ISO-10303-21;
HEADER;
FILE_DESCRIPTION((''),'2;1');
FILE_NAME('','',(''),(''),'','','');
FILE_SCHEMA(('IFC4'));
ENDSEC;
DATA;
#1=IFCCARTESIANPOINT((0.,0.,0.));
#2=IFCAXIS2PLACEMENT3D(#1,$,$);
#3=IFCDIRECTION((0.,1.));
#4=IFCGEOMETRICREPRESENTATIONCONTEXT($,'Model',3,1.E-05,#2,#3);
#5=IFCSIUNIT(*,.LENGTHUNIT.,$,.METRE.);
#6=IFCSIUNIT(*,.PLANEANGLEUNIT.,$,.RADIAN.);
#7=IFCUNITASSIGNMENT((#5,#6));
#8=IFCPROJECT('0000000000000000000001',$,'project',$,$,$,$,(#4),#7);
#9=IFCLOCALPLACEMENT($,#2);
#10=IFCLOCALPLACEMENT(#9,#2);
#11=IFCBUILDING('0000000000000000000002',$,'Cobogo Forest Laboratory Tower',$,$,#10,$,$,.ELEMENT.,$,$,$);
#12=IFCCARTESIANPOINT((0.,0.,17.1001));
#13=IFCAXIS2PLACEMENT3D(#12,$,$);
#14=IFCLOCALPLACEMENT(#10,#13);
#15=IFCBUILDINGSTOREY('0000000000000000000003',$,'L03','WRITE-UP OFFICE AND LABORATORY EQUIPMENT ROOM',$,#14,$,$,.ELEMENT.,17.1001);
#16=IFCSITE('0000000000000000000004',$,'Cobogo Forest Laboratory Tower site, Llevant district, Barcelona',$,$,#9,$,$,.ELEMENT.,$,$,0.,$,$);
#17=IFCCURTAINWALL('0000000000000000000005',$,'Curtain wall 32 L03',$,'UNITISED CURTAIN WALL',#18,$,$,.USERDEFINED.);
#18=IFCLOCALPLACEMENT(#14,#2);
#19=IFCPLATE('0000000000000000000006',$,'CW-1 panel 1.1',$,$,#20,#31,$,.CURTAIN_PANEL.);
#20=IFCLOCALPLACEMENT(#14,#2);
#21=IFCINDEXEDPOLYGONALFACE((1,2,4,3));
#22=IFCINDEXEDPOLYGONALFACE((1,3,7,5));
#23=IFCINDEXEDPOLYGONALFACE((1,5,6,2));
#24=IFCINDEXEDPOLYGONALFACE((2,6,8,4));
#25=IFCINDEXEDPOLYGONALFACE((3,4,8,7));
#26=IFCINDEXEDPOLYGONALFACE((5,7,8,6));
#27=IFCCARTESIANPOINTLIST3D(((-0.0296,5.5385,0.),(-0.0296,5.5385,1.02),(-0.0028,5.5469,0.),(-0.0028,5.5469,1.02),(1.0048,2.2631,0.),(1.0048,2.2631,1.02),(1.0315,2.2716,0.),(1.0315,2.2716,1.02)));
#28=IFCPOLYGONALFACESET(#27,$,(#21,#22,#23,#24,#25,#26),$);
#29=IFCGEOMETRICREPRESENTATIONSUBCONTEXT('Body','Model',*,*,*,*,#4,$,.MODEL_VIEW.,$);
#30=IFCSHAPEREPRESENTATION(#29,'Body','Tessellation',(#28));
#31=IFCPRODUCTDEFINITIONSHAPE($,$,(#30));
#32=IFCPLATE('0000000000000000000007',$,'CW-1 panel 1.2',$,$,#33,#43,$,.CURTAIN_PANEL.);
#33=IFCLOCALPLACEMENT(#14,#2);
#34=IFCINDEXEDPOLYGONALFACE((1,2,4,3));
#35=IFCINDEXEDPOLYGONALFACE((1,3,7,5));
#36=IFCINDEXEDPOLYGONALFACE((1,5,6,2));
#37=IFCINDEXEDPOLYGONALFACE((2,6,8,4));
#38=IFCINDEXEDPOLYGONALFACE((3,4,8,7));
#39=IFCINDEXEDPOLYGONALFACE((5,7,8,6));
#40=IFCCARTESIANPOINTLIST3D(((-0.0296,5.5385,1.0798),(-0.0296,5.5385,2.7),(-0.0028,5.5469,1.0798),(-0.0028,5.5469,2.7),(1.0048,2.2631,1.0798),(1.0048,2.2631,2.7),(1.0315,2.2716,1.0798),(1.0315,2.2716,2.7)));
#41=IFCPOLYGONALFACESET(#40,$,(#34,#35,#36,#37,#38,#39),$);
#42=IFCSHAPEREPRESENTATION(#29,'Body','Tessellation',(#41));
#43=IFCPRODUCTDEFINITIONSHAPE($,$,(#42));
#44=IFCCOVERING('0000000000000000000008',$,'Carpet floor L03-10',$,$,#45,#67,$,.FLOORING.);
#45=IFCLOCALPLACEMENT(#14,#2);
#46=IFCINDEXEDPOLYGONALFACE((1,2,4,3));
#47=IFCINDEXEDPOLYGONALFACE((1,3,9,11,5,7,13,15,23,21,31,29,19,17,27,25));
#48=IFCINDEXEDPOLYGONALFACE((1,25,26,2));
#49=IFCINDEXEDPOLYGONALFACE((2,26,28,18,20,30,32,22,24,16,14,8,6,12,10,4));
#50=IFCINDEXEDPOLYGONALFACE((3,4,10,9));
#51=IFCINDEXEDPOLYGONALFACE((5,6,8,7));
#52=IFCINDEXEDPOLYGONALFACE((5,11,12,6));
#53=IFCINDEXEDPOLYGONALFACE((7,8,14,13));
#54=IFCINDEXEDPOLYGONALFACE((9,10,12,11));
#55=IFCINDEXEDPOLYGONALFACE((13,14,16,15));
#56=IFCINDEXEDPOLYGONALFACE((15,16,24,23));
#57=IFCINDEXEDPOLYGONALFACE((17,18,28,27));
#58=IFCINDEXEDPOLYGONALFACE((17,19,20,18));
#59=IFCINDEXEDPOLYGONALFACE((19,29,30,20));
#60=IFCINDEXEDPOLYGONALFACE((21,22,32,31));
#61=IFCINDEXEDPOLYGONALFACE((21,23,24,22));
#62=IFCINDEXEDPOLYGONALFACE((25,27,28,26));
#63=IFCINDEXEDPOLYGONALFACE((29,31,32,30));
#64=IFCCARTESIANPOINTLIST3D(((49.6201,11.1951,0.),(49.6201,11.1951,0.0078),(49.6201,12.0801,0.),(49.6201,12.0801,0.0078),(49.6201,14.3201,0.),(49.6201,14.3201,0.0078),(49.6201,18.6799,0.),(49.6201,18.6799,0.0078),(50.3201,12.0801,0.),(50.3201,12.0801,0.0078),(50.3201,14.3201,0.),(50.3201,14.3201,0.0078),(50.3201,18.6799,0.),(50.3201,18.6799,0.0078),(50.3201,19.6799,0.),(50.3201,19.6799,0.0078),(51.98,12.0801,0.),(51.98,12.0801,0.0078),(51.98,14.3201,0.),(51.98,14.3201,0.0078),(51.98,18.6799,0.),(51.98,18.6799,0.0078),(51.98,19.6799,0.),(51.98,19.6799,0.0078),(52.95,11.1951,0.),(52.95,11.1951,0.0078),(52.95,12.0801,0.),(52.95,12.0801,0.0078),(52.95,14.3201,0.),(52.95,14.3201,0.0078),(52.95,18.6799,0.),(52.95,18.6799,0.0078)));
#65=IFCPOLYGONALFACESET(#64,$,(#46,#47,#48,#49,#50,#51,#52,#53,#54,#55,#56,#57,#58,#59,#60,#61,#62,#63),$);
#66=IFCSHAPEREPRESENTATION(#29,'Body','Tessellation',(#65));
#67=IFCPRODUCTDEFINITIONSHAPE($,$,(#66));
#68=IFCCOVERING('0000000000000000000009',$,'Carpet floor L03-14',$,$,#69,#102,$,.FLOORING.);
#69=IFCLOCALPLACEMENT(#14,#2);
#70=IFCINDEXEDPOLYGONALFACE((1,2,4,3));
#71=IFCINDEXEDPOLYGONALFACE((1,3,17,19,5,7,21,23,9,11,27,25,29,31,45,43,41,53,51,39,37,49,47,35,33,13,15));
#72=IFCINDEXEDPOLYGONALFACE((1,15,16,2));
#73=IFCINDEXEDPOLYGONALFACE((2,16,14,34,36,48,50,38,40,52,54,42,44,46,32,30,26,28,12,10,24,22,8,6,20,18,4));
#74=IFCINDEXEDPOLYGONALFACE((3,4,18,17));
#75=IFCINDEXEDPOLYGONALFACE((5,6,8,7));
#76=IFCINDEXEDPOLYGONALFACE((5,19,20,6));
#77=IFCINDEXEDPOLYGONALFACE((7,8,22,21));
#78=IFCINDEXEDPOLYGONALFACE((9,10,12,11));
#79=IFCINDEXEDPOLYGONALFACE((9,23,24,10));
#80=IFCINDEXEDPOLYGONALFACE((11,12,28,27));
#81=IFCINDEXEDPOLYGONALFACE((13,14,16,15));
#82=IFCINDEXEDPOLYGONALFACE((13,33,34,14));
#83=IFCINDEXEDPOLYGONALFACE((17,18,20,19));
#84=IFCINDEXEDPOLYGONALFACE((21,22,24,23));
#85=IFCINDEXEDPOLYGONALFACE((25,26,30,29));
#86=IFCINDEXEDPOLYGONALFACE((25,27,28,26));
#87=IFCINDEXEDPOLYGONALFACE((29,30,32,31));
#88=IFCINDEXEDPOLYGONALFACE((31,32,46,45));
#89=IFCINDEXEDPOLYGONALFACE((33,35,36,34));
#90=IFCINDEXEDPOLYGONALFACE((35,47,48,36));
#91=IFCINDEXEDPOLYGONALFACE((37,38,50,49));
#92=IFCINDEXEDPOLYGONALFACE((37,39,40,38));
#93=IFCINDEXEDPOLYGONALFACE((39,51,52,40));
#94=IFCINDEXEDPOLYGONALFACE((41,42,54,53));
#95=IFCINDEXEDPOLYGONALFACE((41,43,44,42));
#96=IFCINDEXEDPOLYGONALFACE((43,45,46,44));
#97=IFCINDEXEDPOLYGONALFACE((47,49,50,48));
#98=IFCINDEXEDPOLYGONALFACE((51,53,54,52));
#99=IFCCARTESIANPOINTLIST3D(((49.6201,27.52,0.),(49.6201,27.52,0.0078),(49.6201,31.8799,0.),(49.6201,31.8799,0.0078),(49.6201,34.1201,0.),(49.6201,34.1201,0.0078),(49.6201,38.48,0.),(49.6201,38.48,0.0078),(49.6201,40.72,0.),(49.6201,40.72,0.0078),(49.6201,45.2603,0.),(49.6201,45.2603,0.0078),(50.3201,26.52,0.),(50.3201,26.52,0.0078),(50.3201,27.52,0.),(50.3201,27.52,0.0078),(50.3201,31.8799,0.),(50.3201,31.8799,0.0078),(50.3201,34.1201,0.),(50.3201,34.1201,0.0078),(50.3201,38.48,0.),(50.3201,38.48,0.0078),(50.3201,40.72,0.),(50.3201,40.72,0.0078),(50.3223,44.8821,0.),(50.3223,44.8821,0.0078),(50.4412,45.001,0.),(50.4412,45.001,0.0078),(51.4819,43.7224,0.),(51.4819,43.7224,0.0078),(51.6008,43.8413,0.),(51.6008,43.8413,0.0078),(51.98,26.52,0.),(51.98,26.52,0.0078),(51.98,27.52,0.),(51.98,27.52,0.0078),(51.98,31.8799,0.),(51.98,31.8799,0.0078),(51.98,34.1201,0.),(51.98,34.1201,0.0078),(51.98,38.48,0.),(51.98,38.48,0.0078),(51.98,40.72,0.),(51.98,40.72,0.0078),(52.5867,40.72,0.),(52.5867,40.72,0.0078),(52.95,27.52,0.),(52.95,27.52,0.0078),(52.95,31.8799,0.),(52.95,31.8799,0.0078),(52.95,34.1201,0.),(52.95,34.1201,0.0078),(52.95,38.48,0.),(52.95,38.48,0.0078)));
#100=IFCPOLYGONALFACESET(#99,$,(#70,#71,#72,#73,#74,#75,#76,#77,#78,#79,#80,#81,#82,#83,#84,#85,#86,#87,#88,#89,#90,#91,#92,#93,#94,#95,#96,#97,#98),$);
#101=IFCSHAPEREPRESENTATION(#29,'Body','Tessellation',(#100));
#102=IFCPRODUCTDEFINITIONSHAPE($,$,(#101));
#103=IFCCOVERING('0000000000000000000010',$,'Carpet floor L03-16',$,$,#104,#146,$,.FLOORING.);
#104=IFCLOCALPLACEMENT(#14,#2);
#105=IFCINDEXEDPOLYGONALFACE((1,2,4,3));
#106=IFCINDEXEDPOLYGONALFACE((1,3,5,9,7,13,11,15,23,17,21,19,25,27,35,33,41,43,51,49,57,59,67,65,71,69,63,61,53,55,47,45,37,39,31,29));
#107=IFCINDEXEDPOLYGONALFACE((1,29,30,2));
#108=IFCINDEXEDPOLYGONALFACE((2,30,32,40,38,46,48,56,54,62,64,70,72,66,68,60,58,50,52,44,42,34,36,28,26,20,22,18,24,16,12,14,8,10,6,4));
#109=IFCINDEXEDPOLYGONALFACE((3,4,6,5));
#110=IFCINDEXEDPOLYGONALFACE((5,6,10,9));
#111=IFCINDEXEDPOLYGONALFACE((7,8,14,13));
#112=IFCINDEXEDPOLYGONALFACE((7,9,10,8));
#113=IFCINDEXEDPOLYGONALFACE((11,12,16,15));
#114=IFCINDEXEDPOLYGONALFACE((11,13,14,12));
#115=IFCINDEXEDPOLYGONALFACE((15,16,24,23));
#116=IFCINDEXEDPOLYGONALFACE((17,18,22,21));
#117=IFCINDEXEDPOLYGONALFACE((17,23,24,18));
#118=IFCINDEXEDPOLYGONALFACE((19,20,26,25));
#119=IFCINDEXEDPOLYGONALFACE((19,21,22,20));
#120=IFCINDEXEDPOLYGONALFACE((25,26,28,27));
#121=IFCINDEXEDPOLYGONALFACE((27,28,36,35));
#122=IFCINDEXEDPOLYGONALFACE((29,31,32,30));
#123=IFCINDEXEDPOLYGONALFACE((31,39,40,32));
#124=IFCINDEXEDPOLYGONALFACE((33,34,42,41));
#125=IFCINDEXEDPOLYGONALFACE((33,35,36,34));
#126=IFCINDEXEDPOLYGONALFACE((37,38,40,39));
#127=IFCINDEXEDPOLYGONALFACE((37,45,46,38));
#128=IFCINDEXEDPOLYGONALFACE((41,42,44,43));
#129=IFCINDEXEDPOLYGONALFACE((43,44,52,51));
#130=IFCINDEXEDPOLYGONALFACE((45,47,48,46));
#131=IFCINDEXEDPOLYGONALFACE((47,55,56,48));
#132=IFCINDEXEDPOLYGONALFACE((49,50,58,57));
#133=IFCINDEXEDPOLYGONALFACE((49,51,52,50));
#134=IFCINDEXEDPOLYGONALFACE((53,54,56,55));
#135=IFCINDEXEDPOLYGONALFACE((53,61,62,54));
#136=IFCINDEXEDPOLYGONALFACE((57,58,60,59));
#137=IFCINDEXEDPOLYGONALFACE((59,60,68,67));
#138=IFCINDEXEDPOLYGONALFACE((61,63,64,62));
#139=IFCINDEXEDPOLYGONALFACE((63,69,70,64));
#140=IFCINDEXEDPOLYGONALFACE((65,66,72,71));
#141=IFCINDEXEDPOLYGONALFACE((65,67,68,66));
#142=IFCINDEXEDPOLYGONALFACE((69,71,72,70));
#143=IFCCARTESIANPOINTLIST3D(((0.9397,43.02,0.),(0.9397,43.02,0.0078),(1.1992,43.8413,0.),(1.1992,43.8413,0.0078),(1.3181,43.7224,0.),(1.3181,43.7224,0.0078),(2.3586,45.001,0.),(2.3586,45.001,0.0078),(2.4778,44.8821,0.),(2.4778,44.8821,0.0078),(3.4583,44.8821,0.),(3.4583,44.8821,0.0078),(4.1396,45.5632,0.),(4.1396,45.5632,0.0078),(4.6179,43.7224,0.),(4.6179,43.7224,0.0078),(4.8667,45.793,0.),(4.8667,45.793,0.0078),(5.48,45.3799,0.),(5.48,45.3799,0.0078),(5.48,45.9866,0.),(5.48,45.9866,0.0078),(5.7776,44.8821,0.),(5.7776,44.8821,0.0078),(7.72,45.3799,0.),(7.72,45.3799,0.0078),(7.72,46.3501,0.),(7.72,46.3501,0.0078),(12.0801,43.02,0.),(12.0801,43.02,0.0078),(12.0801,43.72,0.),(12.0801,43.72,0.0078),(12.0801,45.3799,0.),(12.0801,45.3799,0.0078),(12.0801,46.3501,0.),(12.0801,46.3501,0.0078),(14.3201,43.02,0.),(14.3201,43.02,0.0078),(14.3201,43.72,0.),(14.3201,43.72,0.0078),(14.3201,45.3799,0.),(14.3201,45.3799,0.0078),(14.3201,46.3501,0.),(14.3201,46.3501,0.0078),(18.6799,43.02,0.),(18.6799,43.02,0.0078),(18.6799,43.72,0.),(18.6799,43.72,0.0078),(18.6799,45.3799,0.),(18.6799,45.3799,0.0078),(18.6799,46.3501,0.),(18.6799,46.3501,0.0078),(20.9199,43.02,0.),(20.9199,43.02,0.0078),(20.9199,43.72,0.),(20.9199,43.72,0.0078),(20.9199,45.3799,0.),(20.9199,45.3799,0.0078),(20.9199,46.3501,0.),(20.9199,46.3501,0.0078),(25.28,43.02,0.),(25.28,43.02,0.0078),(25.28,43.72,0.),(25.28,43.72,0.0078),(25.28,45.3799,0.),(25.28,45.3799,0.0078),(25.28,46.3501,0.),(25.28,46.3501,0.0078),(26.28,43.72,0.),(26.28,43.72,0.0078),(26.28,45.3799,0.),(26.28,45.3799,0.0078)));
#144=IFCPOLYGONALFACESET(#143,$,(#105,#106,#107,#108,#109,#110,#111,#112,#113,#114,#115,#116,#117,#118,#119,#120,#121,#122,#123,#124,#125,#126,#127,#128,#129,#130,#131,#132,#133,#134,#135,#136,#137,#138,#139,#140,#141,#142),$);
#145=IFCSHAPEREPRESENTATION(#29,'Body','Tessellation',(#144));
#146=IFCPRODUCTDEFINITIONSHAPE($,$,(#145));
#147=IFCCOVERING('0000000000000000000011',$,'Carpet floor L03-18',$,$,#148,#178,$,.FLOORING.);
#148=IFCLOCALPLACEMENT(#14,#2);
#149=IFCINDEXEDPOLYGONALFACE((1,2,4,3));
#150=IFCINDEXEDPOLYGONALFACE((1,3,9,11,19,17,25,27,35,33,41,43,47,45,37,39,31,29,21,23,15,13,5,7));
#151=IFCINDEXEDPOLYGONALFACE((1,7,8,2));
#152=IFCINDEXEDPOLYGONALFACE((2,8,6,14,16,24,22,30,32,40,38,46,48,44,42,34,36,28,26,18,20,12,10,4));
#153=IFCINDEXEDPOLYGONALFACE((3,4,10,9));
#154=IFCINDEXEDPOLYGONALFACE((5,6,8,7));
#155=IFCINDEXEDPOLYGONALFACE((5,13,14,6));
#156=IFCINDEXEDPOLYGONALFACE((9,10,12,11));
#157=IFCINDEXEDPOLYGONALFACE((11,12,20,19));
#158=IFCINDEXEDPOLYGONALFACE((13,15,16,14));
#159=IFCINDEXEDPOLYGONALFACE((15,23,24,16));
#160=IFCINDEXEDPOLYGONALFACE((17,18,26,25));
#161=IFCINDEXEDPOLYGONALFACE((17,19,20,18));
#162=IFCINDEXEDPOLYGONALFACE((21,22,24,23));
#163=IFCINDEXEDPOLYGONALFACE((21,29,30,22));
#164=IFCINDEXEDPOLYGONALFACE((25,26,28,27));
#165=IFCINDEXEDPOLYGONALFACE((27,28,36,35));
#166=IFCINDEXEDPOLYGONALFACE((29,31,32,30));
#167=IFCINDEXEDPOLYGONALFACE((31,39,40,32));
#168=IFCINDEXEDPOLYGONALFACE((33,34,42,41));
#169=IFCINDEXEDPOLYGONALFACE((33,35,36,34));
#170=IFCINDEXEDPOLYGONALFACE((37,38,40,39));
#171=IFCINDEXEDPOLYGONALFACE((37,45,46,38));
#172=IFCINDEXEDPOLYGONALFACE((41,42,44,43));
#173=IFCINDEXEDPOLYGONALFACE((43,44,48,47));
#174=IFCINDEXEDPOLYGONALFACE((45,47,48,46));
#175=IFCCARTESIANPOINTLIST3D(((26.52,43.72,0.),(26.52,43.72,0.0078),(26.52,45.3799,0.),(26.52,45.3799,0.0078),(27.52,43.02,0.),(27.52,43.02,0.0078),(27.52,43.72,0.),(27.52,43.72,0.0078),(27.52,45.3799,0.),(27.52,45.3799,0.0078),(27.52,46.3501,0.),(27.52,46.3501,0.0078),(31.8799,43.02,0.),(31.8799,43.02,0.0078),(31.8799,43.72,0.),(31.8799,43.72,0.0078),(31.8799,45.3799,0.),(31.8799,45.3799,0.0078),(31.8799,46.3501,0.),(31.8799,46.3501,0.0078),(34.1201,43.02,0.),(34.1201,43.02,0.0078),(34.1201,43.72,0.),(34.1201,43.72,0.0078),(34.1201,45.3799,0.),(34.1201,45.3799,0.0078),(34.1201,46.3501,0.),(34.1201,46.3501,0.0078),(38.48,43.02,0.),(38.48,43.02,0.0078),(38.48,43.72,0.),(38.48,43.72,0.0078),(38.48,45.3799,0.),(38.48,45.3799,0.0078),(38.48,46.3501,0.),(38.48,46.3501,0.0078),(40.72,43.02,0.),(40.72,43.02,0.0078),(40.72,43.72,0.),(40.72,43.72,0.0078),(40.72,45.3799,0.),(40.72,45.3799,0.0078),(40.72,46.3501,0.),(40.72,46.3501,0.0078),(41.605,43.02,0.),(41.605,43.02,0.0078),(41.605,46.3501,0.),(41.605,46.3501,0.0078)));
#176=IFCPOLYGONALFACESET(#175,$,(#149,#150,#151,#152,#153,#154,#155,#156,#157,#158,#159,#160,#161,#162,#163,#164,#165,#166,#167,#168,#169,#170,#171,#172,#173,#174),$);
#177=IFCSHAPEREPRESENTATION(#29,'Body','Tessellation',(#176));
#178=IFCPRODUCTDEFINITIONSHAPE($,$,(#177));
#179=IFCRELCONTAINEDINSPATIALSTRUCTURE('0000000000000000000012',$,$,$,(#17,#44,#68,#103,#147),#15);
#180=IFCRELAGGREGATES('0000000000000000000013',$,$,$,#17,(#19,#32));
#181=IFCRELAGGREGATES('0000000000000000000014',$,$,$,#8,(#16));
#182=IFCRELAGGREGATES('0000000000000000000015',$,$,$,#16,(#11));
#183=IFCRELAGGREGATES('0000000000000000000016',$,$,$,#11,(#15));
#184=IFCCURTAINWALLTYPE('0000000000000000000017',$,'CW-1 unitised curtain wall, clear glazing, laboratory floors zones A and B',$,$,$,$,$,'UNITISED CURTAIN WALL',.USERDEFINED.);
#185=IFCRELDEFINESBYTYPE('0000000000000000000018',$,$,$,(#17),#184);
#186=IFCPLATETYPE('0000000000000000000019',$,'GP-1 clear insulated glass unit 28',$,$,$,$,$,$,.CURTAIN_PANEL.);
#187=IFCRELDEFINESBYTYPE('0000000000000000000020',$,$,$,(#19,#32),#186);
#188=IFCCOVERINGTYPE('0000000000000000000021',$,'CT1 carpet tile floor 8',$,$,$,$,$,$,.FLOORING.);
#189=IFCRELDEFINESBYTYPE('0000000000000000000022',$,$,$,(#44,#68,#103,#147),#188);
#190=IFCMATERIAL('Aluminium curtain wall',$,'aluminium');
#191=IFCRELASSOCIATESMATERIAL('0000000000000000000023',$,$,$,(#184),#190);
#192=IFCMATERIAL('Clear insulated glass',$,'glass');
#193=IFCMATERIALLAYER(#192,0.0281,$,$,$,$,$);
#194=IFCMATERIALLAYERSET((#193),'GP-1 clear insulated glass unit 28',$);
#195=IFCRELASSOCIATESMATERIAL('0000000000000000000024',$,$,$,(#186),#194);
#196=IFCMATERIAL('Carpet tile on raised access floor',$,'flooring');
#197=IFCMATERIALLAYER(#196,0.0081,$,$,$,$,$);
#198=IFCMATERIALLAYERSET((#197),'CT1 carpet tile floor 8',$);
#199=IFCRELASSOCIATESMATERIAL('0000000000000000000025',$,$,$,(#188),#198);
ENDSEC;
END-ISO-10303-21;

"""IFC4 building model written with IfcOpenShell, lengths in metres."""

from ifc_helpers import new_model, si_unit, direction, frame, origin, origin_2d, place, context, subcontext, project, spatial, polyline, rectangle, outline, extrude, material, layer, layer_set, type_object, element, aggregate, save


model = new_model("IFC4")

# Units and contexts
model_context = context("Model", 3, precision=1e-05, world=origin(), true_north=direction((0.0, 1.0)))
body_context = subcontext(model_context, "Body", "Model", "MODEL_VIEW")
ifc_project = project(units=[si_unit("LENGTHUNIT", "METRE"), si_unit("PLANEANGLEUNIT", "RADIAN")], contexts=[model_context])

# Site, building, storey
site_placement = place(None, origin())
site = spatial("IfcSite", under=ifc_project, at=site_placement, Name="Cobogo Forest Laboratory Tower site, Llevant district, Barcelona", CompositionType="ELEMENT", RefElevation=0.0)
building_placement = place(site_placement, origin())
building = spatial("IfcBuilding", under=site, at=building_placement, Name="Cobogo Forest Laboratory Tower", CompositionType="ELEMENT")
storey_placement = place(building_placement, frame((0.0, 0.0, 17.1001)))
storey = spatial("IfcBuildingStorey", under=building, at=storey_placement, Name="L03", Description="WRITE-UP OFFICE AND LABORATORY EQUIPMENT ROOM", CompositionType="ELEMENT", Elevation=17.1001)

# Shared definitions
ifc_material_1 = material(Name="Aluminium curtain wall", Category="aluminium")
curtain_wall_type = type_object("IfcCurtainWallType", Name="CW-1 unitised curtain wall, clear glazing, laboratory floors zones A and B", ElementType="UNITISED CURTAIN WALL", PredefinedType="USERDEFINED", material=ifc_material_1)

# Curtain wall
curtain_wall_1_placement = place(storey_placement, origin())
curtain_wall_1 = element("IfcCurtainWall", 1, at=curtain_wall_1_placement, inside=storey, type_object=curtain_wall_type, Name="Curtain wall 32 L03", ObjectType="UNITISED CURTAIN WALL", PredefinedType="USERDEFINED")

# Plates
ifc_material_2 = material(Name="Clear insulated glass", Category="glass")
ifc_layer_1 = layer(ifc_material_2, 0.0281)
ifc_layer_set_1 = layer_set([ifc_layer_1], Name="GP-1 clear insulated glass unit 28")
plate_type_1 = type_object("IfcPlateType", Name="GP-1 clear insulated glass unit 28", PredefinedType="CURTAIN_PANEL", material=ifc_layer_set_1)
plate_1_placement = place(storey_placement, frame((0.501, 3.905, 0.0), z_axis=(0.0, 0.0, 1.0), x_axis=(0.301135, -0.953581, 0.0)))
plate_1 = element("IfcPlate", 2, at=plate_1_placement, type_object=plate_type_1, Name="CW-1 panel 1.1", PredefinedType="CURTAIN_PANEL", context=body_context, shape_type="SweptSolid", body=[
    extrude(rectangle(XDim=3.4348, YDim=0.0281, at=origin_2d()), origin(), (0.0, 0.0, 1.0), 1.02),
])
plate_2_placement = place(storey_placement, frame((0.501, 3.905, 1.0798), z_axis=(0.0, 0.0, 1.0), x_axis=(0.301135, -0.953581, 0.0)))
plate_2 = element("IfcPlate", 3, at=plate_2_placement, type_object=plate_type_1, Name="CW-1 panel 1.2", PredefinedType="CURTAIN_PANEL", context=body_context, shape_type="SweptSolid", body=[
    extrude(rectangle(XDim=3.4348, YDim=0.0281, at=origin_2d()), origin(), (0.0, 0.0, 1.0), 1.6201),
])
aggregate(curtain_wall_1, [plate_1, plate_2])

# Coverings
ifc_material_3 = material(Name="Carpet tile on raised access floor", Category="flooring")
ifc_layer_2 = layer(ifc_material_3, 0.0081)
ifc_layer_set_2 = layer_set([ifc_layer_2], Name="CT1 carpet tile floor 8")
covering_type_1 = type_object("IfcCoveringType", Name="CT1 carpet tile floor 8", PredefinedType="FLOORING", material=ifc_layer_set_2)
covering_1_placement = place(storey_placement, origin())
element("IfcCovering", 4, at=covering_1_placement, inside=storey, type_object=covering_type_1, Name="Carpet floor L03-10", PredefinedType="FLOORING", context=body_context, shape_type="SweptSolid", body=[
    extrude(outline(polyline([(49.6201, 12.0801), (50.3201, 12.0801), (50.3201, 14.3201), (49.6201, 14.3201), (49.6201, 18.6799), (50.3201, 18.6799), (50.3201, 19.6799), (51.98, 19.6799), (51.98, 18.6799), (52.95, 18.6799), (52.95, 14.3201), (51.98, 14.3201), (51.98, 12.0801), (52.95, 12.0801), (52.95, 11.1951), (49.6201, 11.1951), (49.6201, 12.0801)])), origin(), (0.0, 0.0, 1.0), 0.0078),
])
covering_2_placement = place(storey_placement, origin())
element("IfcCovering", 5, at=covering_2_placement, inside=storey, type_object=covering_type_1, Name="Carpet floor L03-14", PredefinedType="FLOORING", context=body_context, shape_type="SweptSolid", body=[
    extrude(outline(polyline([(49.6201, 31.8799), (50.3201, 31.8799), (50.3201, 34.1201), (49.6201, 34.1201), (49.6201, 38.48), (50.3201, 38.48), (50.3201, 40.72), (49.6201, 40.72), (49.6201, 45.2603), (50.4412, 45.001), (50.3223, 44.8821), (51.4819, 43.7224), (51.6008, 43.8413), (52.5867, 40.72), (51.98, 40.72), (51.98, 38.48), (52.95, 38.48), (52.95, 34.1201), (51.98, 34.1201), (51.98, 31.8799), (52.95, 31.8799), (52.95, 27.52), (51.98, 27.52), (51.98, 26.52), (50.3201, 26.52), (50.3201, 27.52), (49.6201, 27.52), (49.6201, 31.8799)])), origin(), (0.0, 0.0, 1.0), 0.0078),
])
covering_3_placement = place(storey_placement, origin())
element("IfcCovering", 6, at=covering_3_placement, inside=storey, type_object=covering_type_1, Name="Carpet floor L03-16", PredefinedType="FLOORING", context=body_context, shape_type="SweptSolid", body=[
    extrude(outline(polyline([(20.9199, 43.02), (20.9199, 43.72), (18.6799, 43.72), (18.6799, 43.02), (14.3201, 43.02), (14.3201, 43.72), (12.0801, 43.72), (12.0801, 43.02), (0.9397, 43.02), (1.1992, 43.8413), (1.3181, 43.7224), (2.4778, 44.8821), (2.3586, 45.001), (4.1396, 45.5632), (3.4583, 44.8821), (4.6179, 43.7224), (5.7776, 44.8821), (4.8667, 45.793), (5.48, 45.9866), (5.48, 45.3799), (7.72, 45.3799), (7.72, 46.3501), (12.0801, 46.3501), (12.0801, 45.3799), (14.3201, 45.3799), (14.3201, 46.3501), (18.6799, 46.3501), (18.6799, 45.3799), (20.9199, 45.3799), (20.9199, 46.3501), (25.28, 46.3501), (25.28, 45.3799), (26.28, 45.3799), (26.28, 43.72), (25.28, 43.72), (25.28, 43.02), (20.9199, 43.02)])), origin(), (0.0, 0.0, 1.0), 0.0078),
])
covering_4_placement = place(storey_placement, origin())
element("IfcCovering", 7, at=covering_4_placement, inside=storey, type_object=covering_type_1, Name="Carpet floor L03-18", PredefinedType="FLOORING", context=body_context, shape_type="SweptSolid", body=[
    extrude(outline(polyline([(40.72, 43.02), (40.72, 43.72), (38.48, 43.72), (38.48, 43.02), (34.1201, 43.02), (34.1201, 43.72), (31.8799, 43.72), (31.8799, 43.02), (27.52, 43.02), (27.52, 43.72), (26.52, 43.72), (26.52, 45.3799), (27.52, 45.3799), (27.52, 46.3501), (31.8799, 46.3501), (31.8799, 45.3799), (34.1201, 45.3799), (34.1201, 46.3501), (38.48, 46.3501), (38.48, 45.3799), (40.72, 45.3799), (40.72, 46.3501), (41.605, 46.3501), (41.605, 43.02), (40.72, 43.02)])), origin(), (0.0, 0.0, 1.0), 0.0078),
])

save(model, "model.ifc")
